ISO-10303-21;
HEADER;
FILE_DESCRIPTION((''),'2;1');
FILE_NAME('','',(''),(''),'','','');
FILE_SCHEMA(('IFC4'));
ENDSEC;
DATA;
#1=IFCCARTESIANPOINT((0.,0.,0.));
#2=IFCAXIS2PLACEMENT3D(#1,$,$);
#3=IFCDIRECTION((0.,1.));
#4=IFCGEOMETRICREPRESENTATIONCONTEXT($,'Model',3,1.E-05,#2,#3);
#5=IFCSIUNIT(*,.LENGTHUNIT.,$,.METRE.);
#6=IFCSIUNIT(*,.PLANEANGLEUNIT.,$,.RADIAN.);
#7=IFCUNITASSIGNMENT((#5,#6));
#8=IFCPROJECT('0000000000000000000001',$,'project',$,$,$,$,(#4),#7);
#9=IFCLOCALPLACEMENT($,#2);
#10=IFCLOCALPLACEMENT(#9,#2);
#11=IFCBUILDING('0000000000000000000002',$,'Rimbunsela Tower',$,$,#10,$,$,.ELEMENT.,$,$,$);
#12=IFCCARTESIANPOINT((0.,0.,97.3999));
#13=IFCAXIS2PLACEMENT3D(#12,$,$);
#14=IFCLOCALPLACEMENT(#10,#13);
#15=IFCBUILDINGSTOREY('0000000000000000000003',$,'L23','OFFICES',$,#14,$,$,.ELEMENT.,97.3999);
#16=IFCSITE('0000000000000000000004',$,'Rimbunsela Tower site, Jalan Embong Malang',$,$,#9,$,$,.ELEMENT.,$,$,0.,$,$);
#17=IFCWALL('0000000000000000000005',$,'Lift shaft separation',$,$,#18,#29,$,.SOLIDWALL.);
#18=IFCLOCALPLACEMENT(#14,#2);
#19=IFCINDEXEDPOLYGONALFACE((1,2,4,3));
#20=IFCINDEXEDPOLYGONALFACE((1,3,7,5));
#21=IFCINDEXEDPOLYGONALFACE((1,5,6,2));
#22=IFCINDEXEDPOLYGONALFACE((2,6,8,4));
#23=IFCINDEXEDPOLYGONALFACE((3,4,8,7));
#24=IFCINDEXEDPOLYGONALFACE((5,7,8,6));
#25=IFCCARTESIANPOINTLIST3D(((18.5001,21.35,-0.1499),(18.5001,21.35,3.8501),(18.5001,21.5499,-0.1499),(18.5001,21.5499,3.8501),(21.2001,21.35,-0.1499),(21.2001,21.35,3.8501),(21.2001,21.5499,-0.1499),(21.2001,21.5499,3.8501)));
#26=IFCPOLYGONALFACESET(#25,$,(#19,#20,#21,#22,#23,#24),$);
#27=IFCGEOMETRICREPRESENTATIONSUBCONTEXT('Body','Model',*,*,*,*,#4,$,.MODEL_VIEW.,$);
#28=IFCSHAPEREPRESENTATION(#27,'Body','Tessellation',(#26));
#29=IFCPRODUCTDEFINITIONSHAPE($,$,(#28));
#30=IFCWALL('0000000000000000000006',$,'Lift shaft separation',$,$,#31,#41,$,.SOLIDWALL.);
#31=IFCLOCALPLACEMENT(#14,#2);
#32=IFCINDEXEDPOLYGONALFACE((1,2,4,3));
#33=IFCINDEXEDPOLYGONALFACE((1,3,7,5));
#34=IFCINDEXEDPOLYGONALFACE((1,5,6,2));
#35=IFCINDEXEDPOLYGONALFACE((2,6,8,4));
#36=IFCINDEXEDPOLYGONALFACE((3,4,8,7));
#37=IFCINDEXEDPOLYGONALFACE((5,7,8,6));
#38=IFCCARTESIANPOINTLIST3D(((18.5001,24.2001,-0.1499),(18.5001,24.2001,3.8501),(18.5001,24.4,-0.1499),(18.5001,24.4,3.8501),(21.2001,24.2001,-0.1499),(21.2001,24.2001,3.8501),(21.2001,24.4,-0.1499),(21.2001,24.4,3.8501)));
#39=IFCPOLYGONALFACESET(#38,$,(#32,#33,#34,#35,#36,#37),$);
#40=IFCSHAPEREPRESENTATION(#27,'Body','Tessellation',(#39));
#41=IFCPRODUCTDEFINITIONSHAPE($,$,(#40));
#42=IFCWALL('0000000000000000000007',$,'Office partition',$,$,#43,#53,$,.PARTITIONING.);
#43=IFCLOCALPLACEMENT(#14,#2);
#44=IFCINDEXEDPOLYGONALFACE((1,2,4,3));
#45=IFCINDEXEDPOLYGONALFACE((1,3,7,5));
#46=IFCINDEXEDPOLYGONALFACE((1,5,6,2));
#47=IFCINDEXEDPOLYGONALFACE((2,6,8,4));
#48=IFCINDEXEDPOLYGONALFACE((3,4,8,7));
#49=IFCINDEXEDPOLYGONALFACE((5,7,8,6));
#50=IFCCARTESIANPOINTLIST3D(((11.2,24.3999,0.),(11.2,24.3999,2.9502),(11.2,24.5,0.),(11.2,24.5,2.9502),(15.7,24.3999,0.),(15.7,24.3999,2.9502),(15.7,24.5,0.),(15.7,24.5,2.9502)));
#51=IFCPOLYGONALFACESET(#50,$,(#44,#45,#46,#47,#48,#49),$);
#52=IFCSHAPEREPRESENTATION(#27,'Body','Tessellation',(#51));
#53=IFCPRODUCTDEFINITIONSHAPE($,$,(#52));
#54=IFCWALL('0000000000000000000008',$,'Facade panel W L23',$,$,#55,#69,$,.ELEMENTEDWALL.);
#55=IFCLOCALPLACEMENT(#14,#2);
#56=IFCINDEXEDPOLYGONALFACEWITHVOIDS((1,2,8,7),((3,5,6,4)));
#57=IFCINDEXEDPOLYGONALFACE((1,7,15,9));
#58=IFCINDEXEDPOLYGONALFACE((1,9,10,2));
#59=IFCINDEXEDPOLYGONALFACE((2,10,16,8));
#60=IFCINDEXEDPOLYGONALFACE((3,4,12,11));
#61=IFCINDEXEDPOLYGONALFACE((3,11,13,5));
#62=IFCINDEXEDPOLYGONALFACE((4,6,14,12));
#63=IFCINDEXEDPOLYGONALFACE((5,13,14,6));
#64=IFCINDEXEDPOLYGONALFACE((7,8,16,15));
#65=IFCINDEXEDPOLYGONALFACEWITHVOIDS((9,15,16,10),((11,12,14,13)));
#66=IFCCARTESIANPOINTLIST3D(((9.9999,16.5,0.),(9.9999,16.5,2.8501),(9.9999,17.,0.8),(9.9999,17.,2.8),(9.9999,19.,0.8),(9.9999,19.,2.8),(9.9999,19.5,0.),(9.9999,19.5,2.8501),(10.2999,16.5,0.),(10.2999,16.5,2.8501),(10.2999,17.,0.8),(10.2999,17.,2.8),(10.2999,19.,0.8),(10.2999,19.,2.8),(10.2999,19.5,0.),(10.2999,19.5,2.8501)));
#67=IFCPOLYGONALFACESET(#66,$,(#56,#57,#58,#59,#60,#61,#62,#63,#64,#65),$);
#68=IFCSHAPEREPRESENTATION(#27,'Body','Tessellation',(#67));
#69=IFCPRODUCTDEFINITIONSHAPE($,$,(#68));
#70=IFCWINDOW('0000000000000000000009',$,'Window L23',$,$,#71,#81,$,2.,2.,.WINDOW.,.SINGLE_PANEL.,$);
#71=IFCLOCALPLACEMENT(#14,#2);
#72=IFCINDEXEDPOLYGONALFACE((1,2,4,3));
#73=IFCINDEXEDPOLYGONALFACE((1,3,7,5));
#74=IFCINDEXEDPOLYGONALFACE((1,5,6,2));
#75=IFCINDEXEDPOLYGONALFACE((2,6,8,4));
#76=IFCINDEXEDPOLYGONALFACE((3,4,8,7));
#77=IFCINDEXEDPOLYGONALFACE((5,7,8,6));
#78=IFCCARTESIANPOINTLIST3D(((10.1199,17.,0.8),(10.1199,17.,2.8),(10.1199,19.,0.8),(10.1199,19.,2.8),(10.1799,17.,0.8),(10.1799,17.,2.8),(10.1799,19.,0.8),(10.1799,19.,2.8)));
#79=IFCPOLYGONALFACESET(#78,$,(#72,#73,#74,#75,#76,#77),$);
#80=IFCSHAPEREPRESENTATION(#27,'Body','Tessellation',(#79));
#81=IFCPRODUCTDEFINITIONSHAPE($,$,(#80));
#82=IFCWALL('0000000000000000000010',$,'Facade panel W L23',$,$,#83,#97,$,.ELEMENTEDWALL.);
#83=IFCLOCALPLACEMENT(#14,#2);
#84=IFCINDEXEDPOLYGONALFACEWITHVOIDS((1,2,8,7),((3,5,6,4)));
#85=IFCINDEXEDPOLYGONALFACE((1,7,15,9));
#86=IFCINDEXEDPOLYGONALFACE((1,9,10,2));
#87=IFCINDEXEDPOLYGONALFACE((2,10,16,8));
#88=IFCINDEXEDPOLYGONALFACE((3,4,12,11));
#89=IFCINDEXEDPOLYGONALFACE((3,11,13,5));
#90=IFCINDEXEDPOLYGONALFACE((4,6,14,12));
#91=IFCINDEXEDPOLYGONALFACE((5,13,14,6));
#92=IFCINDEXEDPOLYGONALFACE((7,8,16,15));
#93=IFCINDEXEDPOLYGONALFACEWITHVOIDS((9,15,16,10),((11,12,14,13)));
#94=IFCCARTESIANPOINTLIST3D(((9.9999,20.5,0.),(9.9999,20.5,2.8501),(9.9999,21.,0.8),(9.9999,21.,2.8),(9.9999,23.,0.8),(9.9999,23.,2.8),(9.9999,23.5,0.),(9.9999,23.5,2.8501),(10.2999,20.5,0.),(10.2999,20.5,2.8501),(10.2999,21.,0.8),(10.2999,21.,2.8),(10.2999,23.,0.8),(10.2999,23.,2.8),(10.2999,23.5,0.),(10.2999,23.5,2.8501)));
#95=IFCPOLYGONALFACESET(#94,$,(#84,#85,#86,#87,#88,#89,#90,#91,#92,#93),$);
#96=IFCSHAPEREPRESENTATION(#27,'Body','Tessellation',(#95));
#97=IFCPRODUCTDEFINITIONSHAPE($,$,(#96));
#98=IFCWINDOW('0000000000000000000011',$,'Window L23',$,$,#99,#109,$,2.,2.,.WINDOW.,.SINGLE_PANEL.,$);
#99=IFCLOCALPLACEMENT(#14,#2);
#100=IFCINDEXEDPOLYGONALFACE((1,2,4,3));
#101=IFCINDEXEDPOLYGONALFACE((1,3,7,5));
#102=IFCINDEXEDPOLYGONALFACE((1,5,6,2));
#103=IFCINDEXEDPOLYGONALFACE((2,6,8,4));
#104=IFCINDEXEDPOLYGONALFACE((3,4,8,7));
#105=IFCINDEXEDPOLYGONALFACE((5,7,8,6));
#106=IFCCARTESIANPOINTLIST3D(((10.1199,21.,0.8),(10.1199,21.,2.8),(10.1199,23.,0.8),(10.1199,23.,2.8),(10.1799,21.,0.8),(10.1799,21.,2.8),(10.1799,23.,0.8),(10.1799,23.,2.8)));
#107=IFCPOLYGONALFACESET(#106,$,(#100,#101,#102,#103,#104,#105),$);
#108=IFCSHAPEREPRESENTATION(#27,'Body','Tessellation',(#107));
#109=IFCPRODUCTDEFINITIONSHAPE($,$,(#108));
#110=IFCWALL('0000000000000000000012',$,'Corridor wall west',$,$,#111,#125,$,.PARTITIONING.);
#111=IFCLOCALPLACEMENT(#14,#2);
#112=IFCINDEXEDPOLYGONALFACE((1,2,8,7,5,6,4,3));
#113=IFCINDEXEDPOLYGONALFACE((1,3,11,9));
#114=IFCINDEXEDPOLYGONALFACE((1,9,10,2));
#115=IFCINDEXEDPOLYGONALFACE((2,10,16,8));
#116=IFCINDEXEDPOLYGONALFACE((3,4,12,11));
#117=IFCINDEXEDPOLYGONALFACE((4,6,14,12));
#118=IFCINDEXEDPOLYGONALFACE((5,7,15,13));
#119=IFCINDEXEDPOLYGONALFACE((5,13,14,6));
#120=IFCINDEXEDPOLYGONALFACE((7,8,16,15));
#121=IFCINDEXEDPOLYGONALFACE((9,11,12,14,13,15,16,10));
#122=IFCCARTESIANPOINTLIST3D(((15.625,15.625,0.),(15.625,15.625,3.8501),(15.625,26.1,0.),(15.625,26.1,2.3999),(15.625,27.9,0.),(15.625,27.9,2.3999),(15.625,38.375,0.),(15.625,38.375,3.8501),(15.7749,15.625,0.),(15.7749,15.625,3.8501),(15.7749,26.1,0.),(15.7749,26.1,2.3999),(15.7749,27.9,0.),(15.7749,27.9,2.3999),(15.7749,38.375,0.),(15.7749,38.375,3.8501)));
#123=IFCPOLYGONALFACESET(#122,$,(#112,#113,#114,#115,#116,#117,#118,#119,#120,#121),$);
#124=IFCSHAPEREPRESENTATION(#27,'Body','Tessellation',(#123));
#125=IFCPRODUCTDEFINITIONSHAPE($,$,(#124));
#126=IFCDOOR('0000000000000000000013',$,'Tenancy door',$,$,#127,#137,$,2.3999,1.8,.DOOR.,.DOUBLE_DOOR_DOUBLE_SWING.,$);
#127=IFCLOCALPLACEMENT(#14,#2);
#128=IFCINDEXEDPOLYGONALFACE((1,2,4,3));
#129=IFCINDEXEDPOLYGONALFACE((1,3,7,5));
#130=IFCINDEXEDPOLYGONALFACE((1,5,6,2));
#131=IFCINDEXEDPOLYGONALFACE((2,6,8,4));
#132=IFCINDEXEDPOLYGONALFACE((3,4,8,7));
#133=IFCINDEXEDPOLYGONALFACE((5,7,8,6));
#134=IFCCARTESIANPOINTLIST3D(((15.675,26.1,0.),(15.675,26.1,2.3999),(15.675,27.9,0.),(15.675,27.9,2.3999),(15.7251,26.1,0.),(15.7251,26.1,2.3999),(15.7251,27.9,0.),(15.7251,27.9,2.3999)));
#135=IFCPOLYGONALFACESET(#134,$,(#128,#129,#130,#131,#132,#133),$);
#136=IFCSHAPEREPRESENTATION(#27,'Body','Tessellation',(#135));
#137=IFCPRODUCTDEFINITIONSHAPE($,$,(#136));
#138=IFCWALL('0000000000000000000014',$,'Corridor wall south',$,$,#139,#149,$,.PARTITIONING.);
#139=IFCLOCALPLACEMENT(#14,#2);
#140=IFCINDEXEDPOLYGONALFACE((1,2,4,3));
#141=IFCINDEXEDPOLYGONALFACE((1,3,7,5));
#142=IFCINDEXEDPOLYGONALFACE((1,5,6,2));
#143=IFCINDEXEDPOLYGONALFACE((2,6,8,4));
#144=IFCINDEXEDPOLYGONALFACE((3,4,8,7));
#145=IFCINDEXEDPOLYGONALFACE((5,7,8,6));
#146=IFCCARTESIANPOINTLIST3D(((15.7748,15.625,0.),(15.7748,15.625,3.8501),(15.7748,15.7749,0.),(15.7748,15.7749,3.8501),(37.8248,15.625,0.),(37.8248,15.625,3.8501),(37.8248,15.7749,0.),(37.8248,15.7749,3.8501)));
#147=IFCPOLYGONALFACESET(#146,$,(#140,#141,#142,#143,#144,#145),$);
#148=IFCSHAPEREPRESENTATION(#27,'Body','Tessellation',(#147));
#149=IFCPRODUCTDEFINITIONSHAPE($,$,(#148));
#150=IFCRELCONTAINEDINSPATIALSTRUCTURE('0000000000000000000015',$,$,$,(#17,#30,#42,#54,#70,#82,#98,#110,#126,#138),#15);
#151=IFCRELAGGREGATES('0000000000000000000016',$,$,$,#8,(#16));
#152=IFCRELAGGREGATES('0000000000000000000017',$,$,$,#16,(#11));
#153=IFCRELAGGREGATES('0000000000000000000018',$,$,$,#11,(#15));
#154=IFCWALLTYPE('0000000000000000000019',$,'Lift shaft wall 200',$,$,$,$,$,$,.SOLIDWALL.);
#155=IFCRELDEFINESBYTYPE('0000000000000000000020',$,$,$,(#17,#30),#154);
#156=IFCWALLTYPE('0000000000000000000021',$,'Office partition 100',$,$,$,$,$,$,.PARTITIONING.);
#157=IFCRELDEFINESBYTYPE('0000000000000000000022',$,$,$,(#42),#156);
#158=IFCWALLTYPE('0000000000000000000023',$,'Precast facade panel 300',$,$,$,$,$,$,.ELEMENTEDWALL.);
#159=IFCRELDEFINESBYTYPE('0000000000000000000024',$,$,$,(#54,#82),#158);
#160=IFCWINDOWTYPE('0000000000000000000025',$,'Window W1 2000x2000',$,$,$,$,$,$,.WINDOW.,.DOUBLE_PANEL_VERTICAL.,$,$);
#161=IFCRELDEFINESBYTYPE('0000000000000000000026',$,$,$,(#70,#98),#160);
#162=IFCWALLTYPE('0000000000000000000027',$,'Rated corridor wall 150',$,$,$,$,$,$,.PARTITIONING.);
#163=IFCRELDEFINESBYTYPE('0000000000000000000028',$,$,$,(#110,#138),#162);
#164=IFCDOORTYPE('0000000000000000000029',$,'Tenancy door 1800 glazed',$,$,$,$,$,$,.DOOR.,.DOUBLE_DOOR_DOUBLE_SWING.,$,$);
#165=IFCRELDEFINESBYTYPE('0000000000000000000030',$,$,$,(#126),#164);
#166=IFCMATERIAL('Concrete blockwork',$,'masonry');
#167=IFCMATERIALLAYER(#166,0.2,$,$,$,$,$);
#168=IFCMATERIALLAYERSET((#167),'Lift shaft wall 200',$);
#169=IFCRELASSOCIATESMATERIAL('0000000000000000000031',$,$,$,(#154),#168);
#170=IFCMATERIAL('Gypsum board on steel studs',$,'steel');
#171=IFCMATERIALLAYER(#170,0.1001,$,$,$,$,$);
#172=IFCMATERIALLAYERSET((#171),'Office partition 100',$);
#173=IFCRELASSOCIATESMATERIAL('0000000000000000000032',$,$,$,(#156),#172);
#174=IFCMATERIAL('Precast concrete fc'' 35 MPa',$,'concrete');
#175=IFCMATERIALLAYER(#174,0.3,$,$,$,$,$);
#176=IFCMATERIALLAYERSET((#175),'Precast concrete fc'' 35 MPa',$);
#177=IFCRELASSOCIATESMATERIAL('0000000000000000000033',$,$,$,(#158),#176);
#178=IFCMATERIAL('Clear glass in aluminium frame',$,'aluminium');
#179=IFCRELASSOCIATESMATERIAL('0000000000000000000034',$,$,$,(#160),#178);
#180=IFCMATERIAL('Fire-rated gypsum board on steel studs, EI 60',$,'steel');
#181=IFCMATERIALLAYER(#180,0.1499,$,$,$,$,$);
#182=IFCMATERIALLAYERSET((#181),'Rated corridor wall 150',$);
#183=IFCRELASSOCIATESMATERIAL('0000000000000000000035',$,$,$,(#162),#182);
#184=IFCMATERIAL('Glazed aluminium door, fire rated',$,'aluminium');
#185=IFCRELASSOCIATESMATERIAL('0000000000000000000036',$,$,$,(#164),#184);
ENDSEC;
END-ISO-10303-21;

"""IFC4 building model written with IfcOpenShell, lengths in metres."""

from ifc_helpers import new_model, si_unit, direction, frame, frame_2d, origin, place, context, subcontext, project, spatial, rectangle, extrude, material, layer, layer_set, type_object, element, fill, save


model = new_model("IFC4")

# Units and contexts
model_context = context("Model", 3, precision=1e-05, world=origin(), true_north=direction((0.0, 1.0)))
body_context = subcontext(model_context, "Body", "Model", "MODEL_VIEW")
ifc_project = project(units=[si_unit("LENGTHUNIT", "METRE"), si_unit("PLANEANGLEUNIT", "RADIAN")], contexts=[model_context])

# Site, building, storey
site_placement = place(None, origin())
site = spatial("IfcSite", under=ifc_project, at=site_placement, Name="Rimbunsela Tower site, Jalan Embong Malang", CompositionType="ELEMENT", RefElevation=0.0)
building_placement = place(site_placement, origin())
building = spatial("IfcBuilding", under=site, at=building_placement, Name="Rimbunsela Tower", CompositionType="ELEMENT")
storey_placement = place(building_placement, frame((0.0, 0.0, 97.3999)))
storey = spatial("IfcBuildingStorey", under=building, at=storey_placement, Name="L23", Description="OFFICES", CompositionType="ELEMENT", Elevation=97.3999)

# Walls
ifc_material_1 = material(Name="Concrete blockwork", Category="masonry")
ifc_layer_1 = layer(ifc_material_1, 0.2)
ifc_layer_set_1 = layer_set([ifc_layer_1], Name="Lift shaft wall 200")
wall_type_1 = type_object("IfcWallType", Name="Lift shaft wall 200", PredefinedType="SOLIDWALL", material=ifc_layer_set_1)
for number, where, z_axis, x_axis, name in (
    (1, (18.5, 21.45, -0.1499), (0.0, 0.0, 1.0), (1.0, 0.0, 0.0), "Lift shaft separation"),
    (2, (18.5, 24.3, -0.1499), (0.0, 0.0, 1.0), (1.0, 0.0, 0.0), "Lift shaft separation"),
):
    element("IfcWall", number, at=place(storey_placement, frame(where, z_axis=z_axis, x_axis=x_axis)), inside=storey, type_object=wall_type_1, Name=name, PredefinedType="SOLIDWALL", context=body_context, shape_type="SweptSolid", body=[
        extrude(rectangle(XDim=2.7, YDim=0.2, at=frame_2d((1.3501, 0.0))), origin(), (0.0, 0.0, 1.0), 4.0),
    ])
ifc_material_2 = material(Name="Gypsum board on steel studs", Category="steel")
ifc_layer_2 = layer(ifc_material_2, 0.1001)
ifc_layer_set_2 = layer_set([ifc_layer_2], Name="Office partition 100")
wall_type_2 = type_object("IfcWallType", Name="Office partition 100", PredefinedType="PARTITIONING", material=ifc_layer_set_2)
wall_1_placement = place(storey_placement, frame((11.2, 24.45, 0.0), z_axis=(0.0, 0.0, 1.0), x_axis=(1.0, 0.0, 0.0)))
element("IfcWall", 3, at=wall_1_placement, inside=storey, type_object=wall_type_2, Name="Office partition", PredefinedType="PARTITIONING", context=body_context, shape_type="SweptSolid", body=[
    extrude(rectangle(XDim=4.5, YDim=0.1001, at=frame_2d((2.25, 0.0))), origin(), (0.0, 0.0, 1.0), 2.9502),
])

# Walls, openings, windows
ifc_material_3 = material(Name="Precast concrete fc' 35 MPa", Category="concrete")
ifc_layer_3 = layer(ifc_material_3, 0.3)
ifc_layer_set_3 = layer_set([ifc_layer_3], Name="Precast concrete fc' 35 MPa")
wall_type_3 = type_object("IfcWallType", Name="Precast facade panel 300", PredefinedType="ELEMENTEDWALL", material=ifc_layer_set_3)
wall_2_placement = place(storey_placement, frame((10.1499, 19.5, 0.0), z_axis=(0.0, 0.0, 1.0), x_axis=(0.0, -1.0, 0.0)))
wall_2 = element("IfcWall", 4, at=wall_2_placement, inside=storey, type_object=wall_type_3, Name="Facade panel W L23", PredefinedType="ELEMENTEDWALL", context=body_context, shape_type="SweptSolid", body=[
    extrude(rectangle(XDim=3.0, YDim=0.3, at=frame_2d((1.5, 0.0))), origin(), (0.0, 0.0, 1.0), 2.8501),
])
opening_1_placement = place(wall_2_placement, frame((0.5, 0.0, 0.8)))
opening_1 = element("IfcOpeningElement", 5, at=opening_1_placement, cuts=wall_2, PredefinedType="OPENING", context=body_context, shape_type="SweptSolid", body=[
    extrude(rectangle(XDim=2.0, YDim=2.0, at=frame_2d((1.0, 1.0))), frame((0.0, 0.1599, 0.0), z_axis=(0.0, -1.0, 0.0), x_axis=(1.0, 0.0, 0.0)), (0.0, 0.0, 1.0), 0.3201),
])
ifc_material_4 = material(Name="Clear glass in aluminium frame", Category="aluminium")
window_type = type_object("IfcWindowType", Name="Window W1 2000x2000", PartitioningType="DOUBLE_PANEL_VERTICAL", PredefinedType="WINDOW", material=ifc_material_4)
window_1_placement = place(opening_1_placement, origin())
window_1 = element("IfcWindow", 6, at=window_1_placement, inside=storey, type_object=window_type, Name="Window L23", OverallHeight=2.0, OverallWidth=2.0, PartitioningType="SINGLE_PANEL", PredefinedType="WINDOW", context=body_context, shape_type="SweptSolid", body=[
    extrude(rectangle(XDim=2.0, YDim=2.0, at=frame_2d((1.0, 1.0))), frame((0.0, 0.03, 0.0), z_axis=(0.0, -1.0, 0.0), x_axis=(1.0, 0.0, 0.0)), (0.0, 0.0, 1.0), 0.0601),
])
fill(opening_1, window_1)
wall_3_placement = place(storey_placement, frame((10.1499, 23.5, 0.0), z_axis=(0.0, 0.0, 1.0), x_axis=(0.0, -1.0, 0.0)))
wall_3 = element("IfcWall", 7, at=wall_3_placement, inside=storey, type_object=wall_type_3, Name="Facade panel W L23", PredefinedType="ELEMENTEDWALL", context=body_context, shape_type="SweptSolid", body=[
    extrude(rectangle(XDim=3.0, YDim=0.3, at=frame_2d((1.5, 0.0))), origin(), (0.0, 0.0, 1.0), 2.8501),
])
opening_2_placement = place(wall_3_placement, frame((0.5, 0.0, 0.8)))
opening_2 = element("IfcOpeningElement", 8, at=opening_2_placement, cuts=wall_3, PredefinedType="OPENING", context=body_context, shape_type="SweptSolid", body=[
    extrude(rectangle(XDim=2.0, YDim=2.0, at=frame_2d((1.0, 1.0))), frame((0.0, 0.1599, 0.0), z_axis=(0.0, -1.0, 0.0), x_axis=(1.0, 0.0, 0.0)), (0.0, 0.0, 1.0), 0.3201),
])
window_2_placement = place(opening_2_placement, origin())
window_2 = element("IfcWindow", 9, at=window_2_placement, inside=storey, type_object=window_type, Name="Window L23", OverallHeight=2.0, OverallWidth=2.0, PartitioningType="SINGLE_PANEL", PredefinedType="WINDOW", context=body_context, shape_type="SweptSolid", body=[
    extrude(rectangle(XDim=2.0, YDim=2.0, at=frame_2d((1.0, 1.0))), frame((0.0, 0.03, 0.0), z_axis=(0.0, -1.0, 0.0), x_axis=(1.0, 0.0, 0.0)), (0.0, 0.0, 1.0), 0.0601),
])
fill(opening_2, window_2)

# Wall, opening, door
ifc_material_5 = material(Name="Fire-rated gypsum board on steel studs, EI 60", Category="steel")
ifc_layer_4 = layer(ifc_material_5, 0.1499)
ifc_layer_set_4 = layer_set([ifc_layer_4], Name="Rated corridor wall 150")
wall_type_4 = type_object("IfcWallType", Name="Rated corridor wall 150", PredefinedType="PARTITIONING", material=ifc_layer_set_4)
wall_4_placement = place(storey_placement, frame((15.7, 15.625, 0.0), z_axis=(0.0, 0.0, 1.0), x_axis=(0.0, 1.0, 0.0)))
wall_4 = element("IfcWall", 10, at=wall_4_placement, inside=storey, type_object=wall_type_4, Name="Corridor wall west", PredefinedType="PARTITIONING", context=body_context, shape_type="SweptSolid", body=[
    extrude(rectangle(XDim=22.75, YDim=0.1499, at=frame_2d((11.375, 0.0))), origin(), (0.0, 0.0, 1.0), 3.8501),
])
opening_3_placement = place(wall_4_placement, frame((10.4751, 0.0, 0.0)))
opening_3 = element("IfcOpeningElement", 11, at=opening_3_placement, cuts=wall_4, PredefinedType="OPENING", context=body_context, shape_type="SweptSolid", body=[
    extrude(rectangle(XDim=1.8, YDim=2.3999, at=frame_2d((0.8999, 1.2))), frame((0.0, 0.085, 0.0), z_axis=(0.0, -1.0, 0.0), x_axis=(1.0, 0.0, 0.0)), (0.0, 0.0, 1.0), 0.1699),
])
ifc_material_6 = material(Name="Glazed aluminium door, fire rated", Category="aluminium")
door_type_1 = type_object("IfcDoorType", Name="Tenancy door 1800 glazed", OperationType="DOUBLE_DOOR_DOUBLE_SWING", PredefinedType="DOOR", material=ifc_material_6)
door_1_placement = place(opening_3_placement, origin())
door_1 = element("IfcDoor", 12, at=door_1_placement, inside=storey, type_object=door_type_1, Name="Tenancy door", OperationType="DOUBLE_DOOR_DOUBLE_SWING", OverallHeight=2.3999, OverallWidth=1.8, PredefinedType="DOOR", context=body_context, shape_type="SweptSolid", body=[
    extrude(rectangle(XDim=1.8, YDim=2.3999, at=frame_2d((0.8999, 1.2))), frame((0.0, 0.0249, 0.0), z_axis=(0.0, -1.0, 0.0), x_axis=(1.0, 0.0, 0.0)), (0.0, 0.0, 1.0), 0.05),
])
fill(opening_3, door_1)

# Wall
wall_5_placement = place(storey_placement, frame((15.7749, 15.7, 0.0), z_axis=(0.0, 0.0, 1.0), x_axis=(1.0, 0.0, 0.0)))
element("IfcWall", 13, at=wall_5_placement, inside=storey, type_object=wall_type_4, Name="Corridor wall south", PredefinedType="PARTITIONING", context=body_context, shape_type="SweptSolid", body=[
    extrude(rectangle(XDim=22.05, YDim=0.1499, at=frame_2d((11.0249, 0.0))), origin(), (0.0, 0.0, 1.0), 3.8501),
])

save(model, "model.ifc")
